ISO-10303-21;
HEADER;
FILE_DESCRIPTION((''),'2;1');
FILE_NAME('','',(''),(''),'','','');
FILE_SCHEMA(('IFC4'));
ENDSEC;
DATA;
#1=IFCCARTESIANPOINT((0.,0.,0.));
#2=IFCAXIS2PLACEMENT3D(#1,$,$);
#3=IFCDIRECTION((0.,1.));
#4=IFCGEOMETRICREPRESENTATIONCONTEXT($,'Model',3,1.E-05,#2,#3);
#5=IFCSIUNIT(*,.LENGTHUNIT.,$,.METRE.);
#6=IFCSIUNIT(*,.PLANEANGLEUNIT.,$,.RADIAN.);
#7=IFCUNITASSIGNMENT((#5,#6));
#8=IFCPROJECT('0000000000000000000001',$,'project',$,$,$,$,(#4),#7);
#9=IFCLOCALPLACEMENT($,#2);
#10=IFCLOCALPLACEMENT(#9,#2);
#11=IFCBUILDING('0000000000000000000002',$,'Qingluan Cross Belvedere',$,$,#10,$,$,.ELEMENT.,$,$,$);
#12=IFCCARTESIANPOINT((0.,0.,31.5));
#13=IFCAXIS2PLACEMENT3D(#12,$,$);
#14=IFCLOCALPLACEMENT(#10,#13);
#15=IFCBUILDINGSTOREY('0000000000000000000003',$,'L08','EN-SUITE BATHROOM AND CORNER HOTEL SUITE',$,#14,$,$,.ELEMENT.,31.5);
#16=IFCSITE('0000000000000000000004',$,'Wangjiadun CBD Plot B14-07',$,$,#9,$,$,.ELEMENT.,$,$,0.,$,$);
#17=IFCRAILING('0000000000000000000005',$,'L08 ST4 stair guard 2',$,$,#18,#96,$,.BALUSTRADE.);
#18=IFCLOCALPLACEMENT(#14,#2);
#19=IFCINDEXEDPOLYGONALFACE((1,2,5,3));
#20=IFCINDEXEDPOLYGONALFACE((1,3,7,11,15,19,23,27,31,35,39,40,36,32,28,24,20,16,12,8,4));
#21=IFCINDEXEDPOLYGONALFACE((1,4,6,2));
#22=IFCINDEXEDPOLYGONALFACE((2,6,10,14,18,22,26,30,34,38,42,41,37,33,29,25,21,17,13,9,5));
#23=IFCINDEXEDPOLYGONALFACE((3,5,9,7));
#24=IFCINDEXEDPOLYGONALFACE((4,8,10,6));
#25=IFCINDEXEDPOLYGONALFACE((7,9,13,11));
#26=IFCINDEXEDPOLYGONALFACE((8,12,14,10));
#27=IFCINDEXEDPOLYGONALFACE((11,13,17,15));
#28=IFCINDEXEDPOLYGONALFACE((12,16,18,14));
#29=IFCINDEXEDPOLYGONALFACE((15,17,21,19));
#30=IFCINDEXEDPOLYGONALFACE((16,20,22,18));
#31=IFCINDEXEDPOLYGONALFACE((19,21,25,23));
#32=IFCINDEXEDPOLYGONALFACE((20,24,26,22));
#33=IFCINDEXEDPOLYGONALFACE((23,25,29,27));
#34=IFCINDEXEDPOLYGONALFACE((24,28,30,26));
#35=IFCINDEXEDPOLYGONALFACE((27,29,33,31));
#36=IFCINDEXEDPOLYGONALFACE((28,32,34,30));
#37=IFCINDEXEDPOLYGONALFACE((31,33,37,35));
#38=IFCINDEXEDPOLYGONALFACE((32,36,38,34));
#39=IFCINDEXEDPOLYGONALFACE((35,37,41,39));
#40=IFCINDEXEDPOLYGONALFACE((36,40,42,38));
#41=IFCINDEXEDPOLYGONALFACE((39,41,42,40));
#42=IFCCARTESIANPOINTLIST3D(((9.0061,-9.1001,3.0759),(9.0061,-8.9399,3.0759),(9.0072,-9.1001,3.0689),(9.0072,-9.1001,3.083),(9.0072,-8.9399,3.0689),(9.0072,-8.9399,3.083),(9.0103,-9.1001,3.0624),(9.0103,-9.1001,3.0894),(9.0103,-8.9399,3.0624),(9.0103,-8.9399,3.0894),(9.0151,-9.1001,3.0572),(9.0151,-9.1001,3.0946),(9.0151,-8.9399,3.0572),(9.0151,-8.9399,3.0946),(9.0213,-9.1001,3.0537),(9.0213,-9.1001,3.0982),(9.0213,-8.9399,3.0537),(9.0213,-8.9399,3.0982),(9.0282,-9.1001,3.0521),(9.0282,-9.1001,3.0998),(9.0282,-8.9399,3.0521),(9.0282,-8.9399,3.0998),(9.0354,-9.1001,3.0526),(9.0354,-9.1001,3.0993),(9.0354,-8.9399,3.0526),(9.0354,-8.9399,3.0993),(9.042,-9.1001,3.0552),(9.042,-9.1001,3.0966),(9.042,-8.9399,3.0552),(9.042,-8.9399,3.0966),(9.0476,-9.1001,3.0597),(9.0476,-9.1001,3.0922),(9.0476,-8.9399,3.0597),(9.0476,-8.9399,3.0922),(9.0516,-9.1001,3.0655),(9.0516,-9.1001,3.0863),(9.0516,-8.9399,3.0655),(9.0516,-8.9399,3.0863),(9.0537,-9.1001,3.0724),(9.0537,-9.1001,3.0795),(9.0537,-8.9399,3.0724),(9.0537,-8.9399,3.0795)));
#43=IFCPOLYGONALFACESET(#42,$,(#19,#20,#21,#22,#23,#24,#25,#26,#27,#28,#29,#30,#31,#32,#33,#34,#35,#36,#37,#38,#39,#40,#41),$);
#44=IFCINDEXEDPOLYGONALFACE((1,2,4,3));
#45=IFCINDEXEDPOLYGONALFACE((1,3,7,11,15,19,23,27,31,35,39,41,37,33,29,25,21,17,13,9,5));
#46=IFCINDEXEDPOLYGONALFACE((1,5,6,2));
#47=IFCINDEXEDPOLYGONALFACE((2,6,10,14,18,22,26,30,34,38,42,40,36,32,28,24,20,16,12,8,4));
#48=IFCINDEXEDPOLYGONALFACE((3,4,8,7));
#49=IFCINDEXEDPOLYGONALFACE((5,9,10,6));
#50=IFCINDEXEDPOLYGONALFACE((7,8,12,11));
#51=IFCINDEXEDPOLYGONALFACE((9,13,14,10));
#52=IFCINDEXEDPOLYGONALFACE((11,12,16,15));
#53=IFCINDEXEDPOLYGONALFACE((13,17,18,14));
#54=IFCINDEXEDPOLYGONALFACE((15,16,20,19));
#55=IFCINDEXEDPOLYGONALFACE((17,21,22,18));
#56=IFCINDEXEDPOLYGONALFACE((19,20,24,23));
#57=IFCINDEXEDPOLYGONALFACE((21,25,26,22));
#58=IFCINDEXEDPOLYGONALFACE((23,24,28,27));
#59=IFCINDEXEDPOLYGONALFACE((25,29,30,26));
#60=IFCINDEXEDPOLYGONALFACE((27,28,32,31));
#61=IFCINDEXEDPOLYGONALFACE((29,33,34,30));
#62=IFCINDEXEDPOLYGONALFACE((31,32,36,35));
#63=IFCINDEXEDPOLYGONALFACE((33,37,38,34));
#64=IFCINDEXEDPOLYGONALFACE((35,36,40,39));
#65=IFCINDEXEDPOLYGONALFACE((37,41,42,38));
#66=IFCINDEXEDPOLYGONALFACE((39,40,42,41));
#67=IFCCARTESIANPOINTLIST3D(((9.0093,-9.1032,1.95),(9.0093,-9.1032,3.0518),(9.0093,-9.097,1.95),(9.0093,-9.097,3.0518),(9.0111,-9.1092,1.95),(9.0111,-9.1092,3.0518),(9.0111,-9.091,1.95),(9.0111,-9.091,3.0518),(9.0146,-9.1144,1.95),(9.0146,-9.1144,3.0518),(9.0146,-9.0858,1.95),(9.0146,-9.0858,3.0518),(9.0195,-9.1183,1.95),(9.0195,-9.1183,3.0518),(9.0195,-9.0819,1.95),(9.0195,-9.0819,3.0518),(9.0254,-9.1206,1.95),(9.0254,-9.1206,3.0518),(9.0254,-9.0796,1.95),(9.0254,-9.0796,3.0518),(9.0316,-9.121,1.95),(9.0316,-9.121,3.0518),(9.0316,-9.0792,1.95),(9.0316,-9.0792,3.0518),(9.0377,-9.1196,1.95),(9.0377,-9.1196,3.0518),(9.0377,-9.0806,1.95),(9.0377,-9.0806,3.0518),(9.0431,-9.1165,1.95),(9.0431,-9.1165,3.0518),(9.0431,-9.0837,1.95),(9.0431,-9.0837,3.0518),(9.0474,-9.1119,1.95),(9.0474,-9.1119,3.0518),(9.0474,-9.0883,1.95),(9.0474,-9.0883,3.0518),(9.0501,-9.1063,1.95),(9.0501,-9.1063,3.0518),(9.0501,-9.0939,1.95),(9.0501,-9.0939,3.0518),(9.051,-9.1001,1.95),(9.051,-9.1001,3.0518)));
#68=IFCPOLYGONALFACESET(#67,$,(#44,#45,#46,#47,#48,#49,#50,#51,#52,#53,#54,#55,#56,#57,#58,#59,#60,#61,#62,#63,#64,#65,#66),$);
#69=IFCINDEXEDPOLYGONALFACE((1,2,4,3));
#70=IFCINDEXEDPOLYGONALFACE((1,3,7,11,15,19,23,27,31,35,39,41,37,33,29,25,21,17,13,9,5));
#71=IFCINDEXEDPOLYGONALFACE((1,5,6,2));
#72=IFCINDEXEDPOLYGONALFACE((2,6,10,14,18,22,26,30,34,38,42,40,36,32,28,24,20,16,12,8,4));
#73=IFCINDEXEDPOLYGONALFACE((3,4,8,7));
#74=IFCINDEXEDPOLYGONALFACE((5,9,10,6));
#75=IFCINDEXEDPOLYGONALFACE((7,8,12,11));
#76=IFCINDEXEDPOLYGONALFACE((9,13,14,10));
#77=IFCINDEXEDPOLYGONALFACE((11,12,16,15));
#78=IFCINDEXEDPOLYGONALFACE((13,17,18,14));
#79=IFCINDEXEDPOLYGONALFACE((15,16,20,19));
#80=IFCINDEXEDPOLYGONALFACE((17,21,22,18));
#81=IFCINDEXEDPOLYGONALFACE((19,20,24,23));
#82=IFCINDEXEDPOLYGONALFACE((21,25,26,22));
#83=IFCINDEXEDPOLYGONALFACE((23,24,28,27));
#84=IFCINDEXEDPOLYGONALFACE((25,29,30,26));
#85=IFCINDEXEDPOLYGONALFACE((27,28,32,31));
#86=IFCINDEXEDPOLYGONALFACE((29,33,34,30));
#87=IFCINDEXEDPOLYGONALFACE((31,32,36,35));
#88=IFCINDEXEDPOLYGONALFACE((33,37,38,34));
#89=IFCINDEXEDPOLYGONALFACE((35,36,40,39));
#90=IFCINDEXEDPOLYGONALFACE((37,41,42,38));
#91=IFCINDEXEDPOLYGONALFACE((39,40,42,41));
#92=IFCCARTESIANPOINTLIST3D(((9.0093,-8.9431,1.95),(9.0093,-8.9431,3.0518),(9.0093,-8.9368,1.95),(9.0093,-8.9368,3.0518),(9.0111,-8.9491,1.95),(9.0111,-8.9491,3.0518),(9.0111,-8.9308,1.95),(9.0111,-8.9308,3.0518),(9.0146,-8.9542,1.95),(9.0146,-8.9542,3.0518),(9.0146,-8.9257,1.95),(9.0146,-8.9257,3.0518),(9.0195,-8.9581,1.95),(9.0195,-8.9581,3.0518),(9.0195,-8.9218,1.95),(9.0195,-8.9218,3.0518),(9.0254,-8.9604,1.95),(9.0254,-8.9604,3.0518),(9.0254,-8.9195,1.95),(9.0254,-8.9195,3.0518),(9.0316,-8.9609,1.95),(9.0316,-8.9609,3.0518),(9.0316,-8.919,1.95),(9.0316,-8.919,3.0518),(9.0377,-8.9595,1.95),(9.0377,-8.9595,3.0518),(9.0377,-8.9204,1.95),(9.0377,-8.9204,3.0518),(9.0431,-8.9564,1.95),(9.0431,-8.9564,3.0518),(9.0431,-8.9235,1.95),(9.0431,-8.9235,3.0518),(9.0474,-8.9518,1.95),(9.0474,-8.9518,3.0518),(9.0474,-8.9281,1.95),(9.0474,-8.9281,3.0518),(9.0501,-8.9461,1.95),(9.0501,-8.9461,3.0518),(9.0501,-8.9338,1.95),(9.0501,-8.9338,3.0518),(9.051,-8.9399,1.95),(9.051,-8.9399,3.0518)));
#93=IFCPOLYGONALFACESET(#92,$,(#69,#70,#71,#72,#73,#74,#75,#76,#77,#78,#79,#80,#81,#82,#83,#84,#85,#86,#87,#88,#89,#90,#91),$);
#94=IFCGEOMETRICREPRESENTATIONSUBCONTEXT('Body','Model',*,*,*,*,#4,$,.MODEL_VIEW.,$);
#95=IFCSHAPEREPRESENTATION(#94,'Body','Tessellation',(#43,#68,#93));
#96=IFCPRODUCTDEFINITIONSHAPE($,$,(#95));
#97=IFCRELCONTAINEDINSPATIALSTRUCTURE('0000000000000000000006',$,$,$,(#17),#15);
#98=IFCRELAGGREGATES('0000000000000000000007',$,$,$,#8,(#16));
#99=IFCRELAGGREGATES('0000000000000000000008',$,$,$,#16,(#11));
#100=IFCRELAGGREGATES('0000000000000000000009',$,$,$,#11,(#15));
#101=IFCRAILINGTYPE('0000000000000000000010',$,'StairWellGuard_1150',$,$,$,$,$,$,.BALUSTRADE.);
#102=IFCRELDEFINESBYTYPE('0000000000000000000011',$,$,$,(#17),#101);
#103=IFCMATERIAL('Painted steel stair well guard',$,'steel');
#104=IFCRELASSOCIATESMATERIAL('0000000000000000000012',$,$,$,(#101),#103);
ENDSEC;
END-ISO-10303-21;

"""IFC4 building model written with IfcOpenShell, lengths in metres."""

from ifc_helpers import new_model, si_unit, direction, frame, origin, origin_2d, place, context, subcontext, project, spatial, circle, extrude, material, type_object, element, save


model = new_model("IFC4")

# Units and contexts
model_context = context("Model", 3, precision=1e-05, world=origin(), true_north=direction((0.0, 1.0)))
body_context = subcontext(model_context, "Body", "Model", "MODEL_VIEW")
ifc_project = project(units=[si_unit("LENGTHUNIT", "METRE"), si_unit("PLANEANGLEUNIT", "RADIAN")], contexts=[model_context])

# Site, building, storey
site_placement = place(None, origin())
site = spatial("IfcSite", under=ifc_project, at=site_placement, Name="Wangjiadun CBD Plot B14-07", CompositionType="ELEMENT", RefElevation=0.0)
building_placement = place(site_placement, origin())
building = spatial("IfcBuilding", under=site, at=building_placement, Name="Qingluan Cross Belvedere", CompositionType="ELEMENT")
storey_placement = place(building_placement, frame((0.0, 0.0, 31.5)))
storey = spatial("IfcBuildingStorey", under=building, at=storey_placement, Name="L08", Description="EN-SUITE BATHROOM AND CORNER HOTEL SUITE", CompositionType="ELEMENT", Elevation=31.5)

# Railing
ifc_material_1 = material(Name="Painted steel stair well guard", Category="steel")
railing_type_1 = type_object("IfcRailingType", Name="StairWellGuard_1150", PredefinedType="BALUSTRADE", material=ifc_material_1)
railing_1_placement = place(storey_placement, frame((9.03, -9.1001, 1.95)))
element("IfcRailing", 1, at=railing_1_placement, inside=storey, type_object=railing_type_1, Name="L08 ST4 stair guard 2", PredefinedType="BALUSTRADE", context=body_context, shape_type="SweptSolid", body=[
    extrude(circle(Radius=0.0239, at=origin_2d()), frame((0.0, 0.0, 1.126), z_axis=(0.0, 1.0, 0.0), x_axis=(-1.0, 0.0, 0.0)), (0.0, 0.0, 1.0), 0.1602),
    extrude(circle(Radius=0.021, at=origin_2d()), origin(), (0.0, 0.0, 1.0), 1.1018),
    extrude(circle(Radius=0.021, at=origin_2d()), frame((0.0, 0.1602, 0.0)), (0.0, 0.0, 1.0), 1.1018),
])

save(model, "model.ifc")
